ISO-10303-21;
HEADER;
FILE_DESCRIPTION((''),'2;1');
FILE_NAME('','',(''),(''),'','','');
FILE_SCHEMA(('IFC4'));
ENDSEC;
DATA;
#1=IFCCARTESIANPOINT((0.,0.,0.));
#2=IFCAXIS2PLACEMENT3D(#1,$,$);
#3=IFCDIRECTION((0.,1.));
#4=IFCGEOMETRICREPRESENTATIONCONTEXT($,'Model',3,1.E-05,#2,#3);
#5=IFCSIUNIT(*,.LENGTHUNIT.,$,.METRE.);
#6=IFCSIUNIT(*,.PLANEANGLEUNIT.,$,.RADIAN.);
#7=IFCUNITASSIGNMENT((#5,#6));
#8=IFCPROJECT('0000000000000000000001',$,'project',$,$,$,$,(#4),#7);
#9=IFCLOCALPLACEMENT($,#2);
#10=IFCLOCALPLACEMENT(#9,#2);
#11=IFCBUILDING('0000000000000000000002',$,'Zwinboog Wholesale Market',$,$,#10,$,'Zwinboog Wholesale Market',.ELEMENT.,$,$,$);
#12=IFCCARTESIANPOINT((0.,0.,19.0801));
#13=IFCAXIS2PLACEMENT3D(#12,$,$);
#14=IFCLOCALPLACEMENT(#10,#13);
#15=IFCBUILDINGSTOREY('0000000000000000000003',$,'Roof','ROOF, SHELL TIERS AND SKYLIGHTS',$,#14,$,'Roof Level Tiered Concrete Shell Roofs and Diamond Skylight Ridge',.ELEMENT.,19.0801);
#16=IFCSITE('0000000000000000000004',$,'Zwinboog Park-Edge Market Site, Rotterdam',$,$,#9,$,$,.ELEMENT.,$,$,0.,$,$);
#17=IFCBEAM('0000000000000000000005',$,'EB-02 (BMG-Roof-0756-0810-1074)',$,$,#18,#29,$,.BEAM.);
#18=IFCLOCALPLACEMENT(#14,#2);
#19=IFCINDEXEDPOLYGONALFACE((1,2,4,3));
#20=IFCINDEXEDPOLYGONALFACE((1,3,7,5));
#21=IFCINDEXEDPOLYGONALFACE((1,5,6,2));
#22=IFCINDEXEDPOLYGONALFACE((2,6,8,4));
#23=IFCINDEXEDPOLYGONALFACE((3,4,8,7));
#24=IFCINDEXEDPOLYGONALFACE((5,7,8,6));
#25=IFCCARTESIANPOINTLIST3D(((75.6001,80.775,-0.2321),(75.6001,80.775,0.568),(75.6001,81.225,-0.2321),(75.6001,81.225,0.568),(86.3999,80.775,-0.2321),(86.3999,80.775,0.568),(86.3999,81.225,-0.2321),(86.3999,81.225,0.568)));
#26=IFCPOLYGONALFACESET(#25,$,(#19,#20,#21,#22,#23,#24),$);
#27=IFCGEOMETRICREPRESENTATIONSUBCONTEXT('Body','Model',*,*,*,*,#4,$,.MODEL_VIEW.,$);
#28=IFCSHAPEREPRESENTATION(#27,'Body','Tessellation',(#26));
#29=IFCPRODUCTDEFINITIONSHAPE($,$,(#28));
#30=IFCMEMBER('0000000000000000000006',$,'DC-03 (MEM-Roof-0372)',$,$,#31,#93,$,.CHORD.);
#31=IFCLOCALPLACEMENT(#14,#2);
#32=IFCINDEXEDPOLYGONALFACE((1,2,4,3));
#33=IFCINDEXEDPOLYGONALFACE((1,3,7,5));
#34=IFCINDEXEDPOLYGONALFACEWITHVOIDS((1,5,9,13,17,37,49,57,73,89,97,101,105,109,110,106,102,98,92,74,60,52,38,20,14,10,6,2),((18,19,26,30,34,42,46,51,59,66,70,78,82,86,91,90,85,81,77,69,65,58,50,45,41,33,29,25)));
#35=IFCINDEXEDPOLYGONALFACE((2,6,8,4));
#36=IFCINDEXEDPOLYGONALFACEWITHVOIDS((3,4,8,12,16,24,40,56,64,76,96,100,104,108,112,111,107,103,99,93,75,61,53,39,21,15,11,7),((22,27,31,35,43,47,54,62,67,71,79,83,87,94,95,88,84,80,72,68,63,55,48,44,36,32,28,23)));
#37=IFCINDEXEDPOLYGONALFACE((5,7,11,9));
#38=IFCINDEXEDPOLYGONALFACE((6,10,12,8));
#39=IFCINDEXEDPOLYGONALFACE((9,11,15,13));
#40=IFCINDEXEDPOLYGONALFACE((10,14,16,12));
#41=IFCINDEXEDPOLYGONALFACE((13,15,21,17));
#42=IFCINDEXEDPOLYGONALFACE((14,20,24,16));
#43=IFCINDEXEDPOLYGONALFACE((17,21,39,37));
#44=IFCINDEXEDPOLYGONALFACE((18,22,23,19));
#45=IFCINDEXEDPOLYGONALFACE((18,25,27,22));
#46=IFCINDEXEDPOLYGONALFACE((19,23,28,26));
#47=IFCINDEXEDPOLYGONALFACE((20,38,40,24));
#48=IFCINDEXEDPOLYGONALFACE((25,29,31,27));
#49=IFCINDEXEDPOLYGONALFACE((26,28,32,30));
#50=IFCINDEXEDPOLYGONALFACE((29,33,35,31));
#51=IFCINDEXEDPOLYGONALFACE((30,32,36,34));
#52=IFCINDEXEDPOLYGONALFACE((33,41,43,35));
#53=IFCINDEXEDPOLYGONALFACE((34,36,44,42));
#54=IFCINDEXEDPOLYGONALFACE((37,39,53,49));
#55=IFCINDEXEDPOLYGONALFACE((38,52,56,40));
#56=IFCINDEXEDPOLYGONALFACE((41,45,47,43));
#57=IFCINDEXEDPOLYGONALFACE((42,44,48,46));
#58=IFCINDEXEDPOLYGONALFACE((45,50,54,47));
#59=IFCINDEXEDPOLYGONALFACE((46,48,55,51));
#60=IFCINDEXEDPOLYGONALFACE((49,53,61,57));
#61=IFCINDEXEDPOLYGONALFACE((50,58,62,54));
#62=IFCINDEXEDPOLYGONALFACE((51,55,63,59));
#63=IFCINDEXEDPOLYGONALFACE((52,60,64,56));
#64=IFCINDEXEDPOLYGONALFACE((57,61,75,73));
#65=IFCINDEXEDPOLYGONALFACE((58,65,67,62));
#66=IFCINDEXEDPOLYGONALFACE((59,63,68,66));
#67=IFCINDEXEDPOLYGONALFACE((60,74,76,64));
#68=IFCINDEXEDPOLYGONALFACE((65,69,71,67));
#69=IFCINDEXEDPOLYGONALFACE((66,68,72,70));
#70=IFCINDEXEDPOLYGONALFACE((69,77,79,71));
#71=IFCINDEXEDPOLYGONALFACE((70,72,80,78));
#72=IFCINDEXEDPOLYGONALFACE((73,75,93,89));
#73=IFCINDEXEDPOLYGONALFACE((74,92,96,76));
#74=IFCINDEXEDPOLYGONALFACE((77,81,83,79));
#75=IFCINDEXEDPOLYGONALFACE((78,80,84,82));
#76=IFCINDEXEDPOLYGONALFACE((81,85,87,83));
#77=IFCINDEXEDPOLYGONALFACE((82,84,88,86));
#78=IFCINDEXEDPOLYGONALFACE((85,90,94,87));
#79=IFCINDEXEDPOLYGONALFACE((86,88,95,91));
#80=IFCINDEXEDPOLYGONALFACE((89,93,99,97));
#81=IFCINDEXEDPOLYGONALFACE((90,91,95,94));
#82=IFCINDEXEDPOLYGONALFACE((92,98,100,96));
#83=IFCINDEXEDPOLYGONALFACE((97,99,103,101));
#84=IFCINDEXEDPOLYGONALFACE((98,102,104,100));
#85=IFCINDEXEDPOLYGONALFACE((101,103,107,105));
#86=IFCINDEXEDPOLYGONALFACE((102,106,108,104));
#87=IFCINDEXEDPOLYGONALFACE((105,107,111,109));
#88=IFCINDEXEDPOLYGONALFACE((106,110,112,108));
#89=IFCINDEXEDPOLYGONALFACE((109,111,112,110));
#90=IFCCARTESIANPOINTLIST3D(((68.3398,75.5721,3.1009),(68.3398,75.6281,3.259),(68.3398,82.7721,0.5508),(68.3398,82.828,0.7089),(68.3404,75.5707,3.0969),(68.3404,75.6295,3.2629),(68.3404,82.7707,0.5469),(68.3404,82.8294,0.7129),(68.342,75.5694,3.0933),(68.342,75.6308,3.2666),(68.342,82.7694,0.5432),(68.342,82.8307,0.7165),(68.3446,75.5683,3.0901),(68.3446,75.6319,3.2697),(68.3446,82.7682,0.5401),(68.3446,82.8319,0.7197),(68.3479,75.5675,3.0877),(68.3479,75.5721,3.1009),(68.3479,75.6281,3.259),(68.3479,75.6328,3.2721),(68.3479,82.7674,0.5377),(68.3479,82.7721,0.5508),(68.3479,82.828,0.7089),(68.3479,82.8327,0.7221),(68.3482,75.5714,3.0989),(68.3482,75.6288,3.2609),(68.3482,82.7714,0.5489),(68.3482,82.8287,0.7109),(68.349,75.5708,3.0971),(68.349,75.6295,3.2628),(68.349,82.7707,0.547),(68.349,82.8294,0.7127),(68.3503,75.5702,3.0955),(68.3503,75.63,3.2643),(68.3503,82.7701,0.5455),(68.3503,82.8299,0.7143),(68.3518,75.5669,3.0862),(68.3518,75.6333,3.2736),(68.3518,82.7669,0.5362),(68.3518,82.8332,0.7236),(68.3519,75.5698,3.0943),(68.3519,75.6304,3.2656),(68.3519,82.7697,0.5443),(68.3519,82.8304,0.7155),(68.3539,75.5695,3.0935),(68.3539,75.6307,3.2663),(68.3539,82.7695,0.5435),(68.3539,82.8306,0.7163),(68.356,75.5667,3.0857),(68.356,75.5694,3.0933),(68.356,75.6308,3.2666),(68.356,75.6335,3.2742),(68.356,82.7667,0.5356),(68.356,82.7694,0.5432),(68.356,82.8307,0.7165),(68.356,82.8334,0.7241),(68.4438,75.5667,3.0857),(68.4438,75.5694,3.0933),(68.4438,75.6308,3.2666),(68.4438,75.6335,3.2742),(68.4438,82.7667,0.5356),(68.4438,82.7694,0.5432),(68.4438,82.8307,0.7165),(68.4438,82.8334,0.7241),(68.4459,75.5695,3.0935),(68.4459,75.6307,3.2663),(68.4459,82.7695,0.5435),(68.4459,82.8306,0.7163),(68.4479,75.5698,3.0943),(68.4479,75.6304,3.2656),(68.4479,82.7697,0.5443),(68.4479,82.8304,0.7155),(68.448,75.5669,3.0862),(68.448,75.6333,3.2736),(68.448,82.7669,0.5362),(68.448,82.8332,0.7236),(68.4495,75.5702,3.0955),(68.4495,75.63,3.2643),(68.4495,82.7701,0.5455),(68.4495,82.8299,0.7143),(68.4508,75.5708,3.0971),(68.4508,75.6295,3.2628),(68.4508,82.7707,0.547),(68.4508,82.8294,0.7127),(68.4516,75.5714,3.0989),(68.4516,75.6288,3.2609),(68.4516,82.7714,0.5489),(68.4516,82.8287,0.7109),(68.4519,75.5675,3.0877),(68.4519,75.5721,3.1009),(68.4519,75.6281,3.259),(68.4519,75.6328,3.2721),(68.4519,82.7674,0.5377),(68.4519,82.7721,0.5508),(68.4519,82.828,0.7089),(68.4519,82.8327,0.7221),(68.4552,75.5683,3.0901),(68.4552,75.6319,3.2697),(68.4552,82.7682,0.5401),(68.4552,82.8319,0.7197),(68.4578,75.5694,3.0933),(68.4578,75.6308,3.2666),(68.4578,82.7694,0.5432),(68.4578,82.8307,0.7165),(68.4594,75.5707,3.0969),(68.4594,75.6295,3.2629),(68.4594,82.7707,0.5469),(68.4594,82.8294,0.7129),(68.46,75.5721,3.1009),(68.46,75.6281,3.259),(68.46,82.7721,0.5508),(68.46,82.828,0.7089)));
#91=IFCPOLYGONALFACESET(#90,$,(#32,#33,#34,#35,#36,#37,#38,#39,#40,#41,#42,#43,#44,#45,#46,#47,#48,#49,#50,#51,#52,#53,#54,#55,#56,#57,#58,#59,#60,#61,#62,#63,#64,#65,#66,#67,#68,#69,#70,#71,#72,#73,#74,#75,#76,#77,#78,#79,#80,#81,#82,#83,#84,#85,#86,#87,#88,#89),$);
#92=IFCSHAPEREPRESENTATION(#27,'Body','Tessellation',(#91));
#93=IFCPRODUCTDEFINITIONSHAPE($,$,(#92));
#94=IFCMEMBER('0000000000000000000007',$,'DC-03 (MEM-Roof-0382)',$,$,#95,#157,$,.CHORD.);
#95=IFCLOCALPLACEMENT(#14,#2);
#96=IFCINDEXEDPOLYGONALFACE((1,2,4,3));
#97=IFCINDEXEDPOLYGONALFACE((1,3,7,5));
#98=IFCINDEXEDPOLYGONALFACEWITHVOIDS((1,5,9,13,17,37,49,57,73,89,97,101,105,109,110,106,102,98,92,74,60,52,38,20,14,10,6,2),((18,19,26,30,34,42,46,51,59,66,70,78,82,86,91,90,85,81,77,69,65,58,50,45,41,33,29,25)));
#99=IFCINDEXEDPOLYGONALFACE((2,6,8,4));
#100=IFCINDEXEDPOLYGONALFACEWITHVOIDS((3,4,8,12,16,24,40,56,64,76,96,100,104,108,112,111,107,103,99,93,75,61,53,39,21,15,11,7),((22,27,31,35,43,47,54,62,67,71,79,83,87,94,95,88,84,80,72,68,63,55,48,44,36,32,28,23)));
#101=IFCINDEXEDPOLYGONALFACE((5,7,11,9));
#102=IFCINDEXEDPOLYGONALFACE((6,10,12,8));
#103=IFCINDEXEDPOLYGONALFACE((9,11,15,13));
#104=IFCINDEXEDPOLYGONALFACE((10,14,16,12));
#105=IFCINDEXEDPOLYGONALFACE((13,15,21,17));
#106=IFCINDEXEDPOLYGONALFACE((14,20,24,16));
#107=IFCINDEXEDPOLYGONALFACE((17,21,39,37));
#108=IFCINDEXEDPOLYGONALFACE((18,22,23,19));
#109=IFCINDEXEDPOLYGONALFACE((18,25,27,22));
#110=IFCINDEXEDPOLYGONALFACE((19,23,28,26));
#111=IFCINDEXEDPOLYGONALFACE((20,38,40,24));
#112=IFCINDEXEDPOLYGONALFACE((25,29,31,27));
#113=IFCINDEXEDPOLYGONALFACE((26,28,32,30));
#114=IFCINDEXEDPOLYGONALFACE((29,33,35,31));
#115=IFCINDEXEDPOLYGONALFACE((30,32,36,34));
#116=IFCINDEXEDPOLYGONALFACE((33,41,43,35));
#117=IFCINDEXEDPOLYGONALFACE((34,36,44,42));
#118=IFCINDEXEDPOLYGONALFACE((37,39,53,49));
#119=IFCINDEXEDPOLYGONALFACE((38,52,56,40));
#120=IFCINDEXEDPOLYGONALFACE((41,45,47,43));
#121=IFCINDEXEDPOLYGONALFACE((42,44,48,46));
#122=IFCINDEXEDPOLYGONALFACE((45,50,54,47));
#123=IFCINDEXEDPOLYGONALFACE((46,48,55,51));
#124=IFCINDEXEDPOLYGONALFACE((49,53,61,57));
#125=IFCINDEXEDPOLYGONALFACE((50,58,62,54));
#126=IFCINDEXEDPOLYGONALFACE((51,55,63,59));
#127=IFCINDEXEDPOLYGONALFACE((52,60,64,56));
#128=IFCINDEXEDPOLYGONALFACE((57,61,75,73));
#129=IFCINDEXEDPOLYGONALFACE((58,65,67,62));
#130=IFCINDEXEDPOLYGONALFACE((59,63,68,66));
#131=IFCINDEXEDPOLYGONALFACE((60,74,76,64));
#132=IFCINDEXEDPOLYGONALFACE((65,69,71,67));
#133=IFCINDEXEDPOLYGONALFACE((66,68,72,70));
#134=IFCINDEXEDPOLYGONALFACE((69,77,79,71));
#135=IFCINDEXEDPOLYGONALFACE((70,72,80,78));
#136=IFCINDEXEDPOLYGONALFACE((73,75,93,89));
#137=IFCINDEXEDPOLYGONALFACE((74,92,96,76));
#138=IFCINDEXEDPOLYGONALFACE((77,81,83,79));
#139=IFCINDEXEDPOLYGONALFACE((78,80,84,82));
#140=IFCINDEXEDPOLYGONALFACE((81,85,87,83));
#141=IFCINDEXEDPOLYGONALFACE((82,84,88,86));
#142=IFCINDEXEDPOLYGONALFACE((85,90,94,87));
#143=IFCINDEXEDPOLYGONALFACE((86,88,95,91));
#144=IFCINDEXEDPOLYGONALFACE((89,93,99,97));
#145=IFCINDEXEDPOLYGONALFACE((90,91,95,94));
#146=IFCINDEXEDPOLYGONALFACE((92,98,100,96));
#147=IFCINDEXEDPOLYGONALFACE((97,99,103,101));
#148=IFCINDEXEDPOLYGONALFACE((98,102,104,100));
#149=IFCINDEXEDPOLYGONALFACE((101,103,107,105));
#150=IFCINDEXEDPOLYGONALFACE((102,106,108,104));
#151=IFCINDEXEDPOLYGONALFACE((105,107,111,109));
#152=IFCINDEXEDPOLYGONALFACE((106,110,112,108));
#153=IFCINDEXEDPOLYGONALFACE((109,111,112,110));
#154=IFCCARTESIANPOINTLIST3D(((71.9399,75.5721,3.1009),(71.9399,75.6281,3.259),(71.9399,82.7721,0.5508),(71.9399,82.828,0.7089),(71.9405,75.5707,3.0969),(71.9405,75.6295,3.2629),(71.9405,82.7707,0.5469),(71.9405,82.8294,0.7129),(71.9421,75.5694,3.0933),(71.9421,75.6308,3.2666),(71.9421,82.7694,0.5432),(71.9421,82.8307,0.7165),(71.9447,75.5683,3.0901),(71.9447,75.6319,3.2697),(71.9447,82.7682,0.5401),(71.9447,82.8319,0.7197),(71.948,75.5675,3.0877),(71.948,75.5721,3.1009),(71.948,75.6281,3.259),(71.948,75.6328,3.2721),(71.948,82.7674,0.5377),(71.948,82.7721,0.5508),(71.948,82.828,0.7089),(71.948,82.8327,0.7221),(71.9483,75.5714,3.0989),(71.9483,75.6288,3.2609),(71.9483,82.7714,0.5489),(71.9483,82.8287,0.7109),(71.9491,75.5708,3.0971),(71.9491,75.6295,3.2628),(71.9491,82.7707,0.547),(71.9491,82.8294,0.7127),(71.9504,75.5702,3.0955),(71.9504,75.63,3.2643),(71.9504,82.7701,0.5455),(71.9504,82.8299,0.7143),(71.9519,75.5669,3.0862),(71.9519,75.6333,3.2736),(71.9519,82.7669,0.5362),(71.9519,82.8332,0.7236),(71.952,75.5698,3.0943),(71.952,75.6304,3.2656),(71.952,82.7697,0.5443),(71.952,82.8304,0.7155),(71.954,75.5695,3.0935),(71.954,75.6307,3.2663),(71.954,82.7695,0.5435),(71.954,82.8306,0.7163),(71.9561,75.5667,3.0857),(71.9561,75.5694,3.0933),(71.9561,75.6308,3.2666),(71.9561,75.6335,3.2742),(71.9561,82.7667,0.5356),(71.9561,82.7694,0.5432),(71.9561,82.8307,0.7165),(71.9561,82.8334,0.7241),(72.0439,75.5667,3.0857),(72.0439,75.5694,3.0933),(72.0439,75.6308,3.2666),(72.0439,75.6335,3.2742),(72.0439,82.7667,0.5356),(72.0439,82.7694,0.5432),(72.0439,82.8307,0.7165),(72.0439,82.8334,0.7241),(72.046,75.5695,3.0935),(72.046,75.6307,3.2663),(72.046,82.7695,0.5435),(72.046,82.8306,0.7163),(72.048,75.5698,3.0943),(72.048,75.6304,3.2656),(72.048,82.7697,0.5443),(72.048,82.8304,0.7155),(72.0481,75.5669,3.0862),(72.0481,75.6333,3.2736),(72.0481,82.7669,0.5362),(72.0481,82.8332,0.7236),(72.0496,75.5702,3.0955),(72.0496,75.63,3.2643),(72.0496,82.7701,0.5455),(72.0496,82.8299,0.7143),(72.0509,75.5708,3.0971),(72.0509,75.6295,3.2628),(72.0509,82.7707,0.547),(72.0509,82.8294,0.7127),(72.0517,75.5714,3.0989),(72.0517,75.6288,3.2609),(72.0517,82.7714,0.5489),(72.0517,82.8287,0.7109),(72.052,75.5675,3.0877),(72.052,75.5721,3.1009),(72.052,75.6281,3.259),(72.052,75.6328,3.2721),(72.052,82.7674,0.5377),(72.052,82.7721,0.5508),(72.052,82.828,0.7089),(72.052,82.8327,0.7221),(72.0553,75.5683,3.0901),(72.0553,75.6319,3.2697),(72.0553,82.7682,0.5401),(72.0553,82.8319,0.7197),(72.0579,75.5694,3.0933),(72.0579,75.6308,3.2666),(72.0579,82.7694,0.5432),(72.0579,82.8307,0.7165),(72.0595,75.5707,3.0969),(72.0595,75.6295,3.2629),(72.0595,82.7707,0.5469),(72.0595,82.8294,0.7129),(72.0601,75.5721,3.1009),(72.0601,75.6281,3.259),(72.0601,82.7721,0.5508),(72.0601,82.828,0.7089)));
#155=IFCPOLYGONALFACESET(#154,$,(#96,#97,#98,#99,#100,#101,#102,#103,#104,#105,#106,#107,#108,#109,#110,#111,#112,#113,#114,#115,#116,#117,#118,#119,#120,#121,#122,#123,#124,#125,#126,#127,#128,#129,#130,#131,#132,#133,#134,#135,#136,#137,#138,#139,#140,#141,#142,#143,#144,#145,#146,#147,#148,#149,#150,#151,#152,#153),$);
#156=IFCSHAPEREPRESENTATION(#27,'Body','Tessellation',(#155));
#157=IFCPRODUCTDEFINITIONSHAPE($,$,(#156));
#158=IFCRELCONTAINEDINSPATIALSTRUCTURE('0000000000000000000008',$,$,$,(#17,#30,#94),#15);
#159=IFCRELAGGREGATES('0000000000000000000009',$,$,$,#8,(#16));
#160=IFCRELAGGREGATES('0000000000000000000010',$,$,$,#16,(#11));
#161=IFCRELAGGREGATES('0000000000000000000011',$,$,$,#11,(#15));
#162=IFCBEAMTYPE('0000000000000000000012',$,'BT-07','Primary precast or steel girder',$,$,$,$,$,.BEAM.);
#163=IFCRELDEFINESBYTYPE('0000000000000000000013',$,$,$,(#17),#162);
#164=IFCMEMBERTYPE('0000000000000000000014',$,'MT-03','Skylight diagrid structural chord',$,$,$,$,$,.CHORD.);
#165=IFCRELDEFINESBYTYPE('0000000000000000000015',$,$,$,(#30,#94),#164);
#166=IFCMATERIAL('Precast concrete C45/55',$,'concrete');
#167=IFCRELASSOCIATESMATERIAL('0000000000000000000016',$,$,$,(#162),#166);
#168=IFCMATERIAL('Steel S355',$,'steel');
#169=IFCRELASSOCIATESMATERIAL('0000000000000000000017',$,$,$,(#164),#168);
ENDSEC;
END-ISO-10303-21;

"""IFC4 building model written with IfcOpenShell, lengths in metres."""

from ifc_helpers import new_model, si_unit, direction, frame, origin, origin_2d, place, context, subcontext, project, spatial, rectangle, hollow_rectangle, extrude, material, material_profile, profile_set, type_object, element, save


model = new_model("IFC4")

# Units and contexts
model_context = context("Model", 3, precision=1e-05, world=origin(), true_north=direction((0.0, 1.0)))
body_context = subcontext(model_context, "Body", "Model", "MODEL_VIEW")
ifc_project = project(units=[si_unit("LENGTHUNIT", "METRE"), si_unit("PLANEANGLEUNIT", "RADIAN")], contexts=[model_context])

# Site, building, storey
site_placement = place(None, origin())
site = spatial("IfcSite", under=ifc_project, at=site_placement, Name="Zwinboog Park-Edge Market Site, Rotterdam", CompositionType="ELEMENT", RefElevation=0.0)
building_placement = place(site_placement, origin())
building = spatial("IfcBuilding", under=site, at=building_placement, Name="Zwinboog Wholesale Market", LongName="Zwinboog Wholesale Market", CompositionType="ELEMENT")
storey_placement = place(building_placement, frame((0.0, 0.0, 19.0801)))
storey = spatial("IfcBuildingStorey", under=building, at=storey_placement, Name="Roof", Description="ROOF, SHELL TIERS AND SKYLIGHTS", LongName="Roof Level Tiered Concrete Shell Roofs and Diamond Skylight Ridge", CompositionType="ELEMENT", Elevation=19.0801)

# Beam
ifc_material_1 = material(Name="Precast concrete C45/55", Category="concrete")
ifc_material_profile_1 = material_profile(ifc_material_1, rectangle(XDim=0.45, YDim=0.8, at=origin_2d()), Name="PC 450x800")
ifc_profile_set_1 = profile_set([ifc_material_profile_1], Name="Precast concrete C45/55")
beam_type = type_object("IfcBeamType", Name="BT-07", Description="Primary precast or steel girder", PredefinedType="BEAM", material=ifc_profile_set_1)
beam_placement = place(storey_placement, frame((75.6001, 81.0, 0.168), z_axis=(1.0, 0.0, 0.0), x_axis=(0.0, 1.0, 0.0)))
element("IfcBeam", 1, at=beam_placement, inside=storey, type_object=beam_type, Name="EB-02 (BMG-Roof-0756-0810-1074)", PredefinedType="BEAM", context=body_context, shape_type="SweptSolid", body=[
    extrude(rectangle(XDim=0.45, YDim=0.8, at=origin_2d()), origin(), (0.0, 0.0, 1.0), 10.7998),
])

# Members
ifc_material_2 = material(Name="Steel S355", Category="steel")
ifc_material_profile_2 = material_profile(ifc_material_2, hollow_rectangle(XDim=0.1201, YDim=0.2, WallThickness=0.0081, InnerFilletRadius=0.0081, OuterFilletRadius=0.0161, at=origin_2d()), Name="RHS 200x120x8")
ifc_profile_set_2 = profile_set([ifc_material_profile_2], Name="Steel S355")
member_type_1 = type_object("IfcMemberType", Name="MT-03", Description="Skylight diagrid structural chord", PredefinedType="CHORD", material=ifc_profile_set_2)
for number, where, z_axis, x_axis, name in (
    (2, (68.3999, 82.8, 0.6299), (0.0, -0.942625, 0.333855), (1.0, 0.0, 0.0), "DC-03 (MEM-Roof-0372)"),
    (3, (72.0, 82.8, 0.6299), (0.0, -0.942625, 0.333855), (1.0, 0.0, 0.0), "DC-03 (MEM-Roof-0382)"),
):
    element("IfcMember", number, at=place(storey_placement, frame(where, z_axis=z_axis, x_axis=x_axis)), inside=storey, type_object=member_type_1, Name=name, PredefinedType="CHORD", context=body_context, shape_type="SweptSolid", body=[
        extrude(hollow_rectangle(XDim=0.1201, YDim=0.2, WallThickness=0.0081, InnerFilletRadius=0.0081, OuterFilletRadius=0.0161, at=origin_2d()), origin(), (0.0, 0.0, 1.0), 7.6382),
    ])

save(model, "model.ifc")
